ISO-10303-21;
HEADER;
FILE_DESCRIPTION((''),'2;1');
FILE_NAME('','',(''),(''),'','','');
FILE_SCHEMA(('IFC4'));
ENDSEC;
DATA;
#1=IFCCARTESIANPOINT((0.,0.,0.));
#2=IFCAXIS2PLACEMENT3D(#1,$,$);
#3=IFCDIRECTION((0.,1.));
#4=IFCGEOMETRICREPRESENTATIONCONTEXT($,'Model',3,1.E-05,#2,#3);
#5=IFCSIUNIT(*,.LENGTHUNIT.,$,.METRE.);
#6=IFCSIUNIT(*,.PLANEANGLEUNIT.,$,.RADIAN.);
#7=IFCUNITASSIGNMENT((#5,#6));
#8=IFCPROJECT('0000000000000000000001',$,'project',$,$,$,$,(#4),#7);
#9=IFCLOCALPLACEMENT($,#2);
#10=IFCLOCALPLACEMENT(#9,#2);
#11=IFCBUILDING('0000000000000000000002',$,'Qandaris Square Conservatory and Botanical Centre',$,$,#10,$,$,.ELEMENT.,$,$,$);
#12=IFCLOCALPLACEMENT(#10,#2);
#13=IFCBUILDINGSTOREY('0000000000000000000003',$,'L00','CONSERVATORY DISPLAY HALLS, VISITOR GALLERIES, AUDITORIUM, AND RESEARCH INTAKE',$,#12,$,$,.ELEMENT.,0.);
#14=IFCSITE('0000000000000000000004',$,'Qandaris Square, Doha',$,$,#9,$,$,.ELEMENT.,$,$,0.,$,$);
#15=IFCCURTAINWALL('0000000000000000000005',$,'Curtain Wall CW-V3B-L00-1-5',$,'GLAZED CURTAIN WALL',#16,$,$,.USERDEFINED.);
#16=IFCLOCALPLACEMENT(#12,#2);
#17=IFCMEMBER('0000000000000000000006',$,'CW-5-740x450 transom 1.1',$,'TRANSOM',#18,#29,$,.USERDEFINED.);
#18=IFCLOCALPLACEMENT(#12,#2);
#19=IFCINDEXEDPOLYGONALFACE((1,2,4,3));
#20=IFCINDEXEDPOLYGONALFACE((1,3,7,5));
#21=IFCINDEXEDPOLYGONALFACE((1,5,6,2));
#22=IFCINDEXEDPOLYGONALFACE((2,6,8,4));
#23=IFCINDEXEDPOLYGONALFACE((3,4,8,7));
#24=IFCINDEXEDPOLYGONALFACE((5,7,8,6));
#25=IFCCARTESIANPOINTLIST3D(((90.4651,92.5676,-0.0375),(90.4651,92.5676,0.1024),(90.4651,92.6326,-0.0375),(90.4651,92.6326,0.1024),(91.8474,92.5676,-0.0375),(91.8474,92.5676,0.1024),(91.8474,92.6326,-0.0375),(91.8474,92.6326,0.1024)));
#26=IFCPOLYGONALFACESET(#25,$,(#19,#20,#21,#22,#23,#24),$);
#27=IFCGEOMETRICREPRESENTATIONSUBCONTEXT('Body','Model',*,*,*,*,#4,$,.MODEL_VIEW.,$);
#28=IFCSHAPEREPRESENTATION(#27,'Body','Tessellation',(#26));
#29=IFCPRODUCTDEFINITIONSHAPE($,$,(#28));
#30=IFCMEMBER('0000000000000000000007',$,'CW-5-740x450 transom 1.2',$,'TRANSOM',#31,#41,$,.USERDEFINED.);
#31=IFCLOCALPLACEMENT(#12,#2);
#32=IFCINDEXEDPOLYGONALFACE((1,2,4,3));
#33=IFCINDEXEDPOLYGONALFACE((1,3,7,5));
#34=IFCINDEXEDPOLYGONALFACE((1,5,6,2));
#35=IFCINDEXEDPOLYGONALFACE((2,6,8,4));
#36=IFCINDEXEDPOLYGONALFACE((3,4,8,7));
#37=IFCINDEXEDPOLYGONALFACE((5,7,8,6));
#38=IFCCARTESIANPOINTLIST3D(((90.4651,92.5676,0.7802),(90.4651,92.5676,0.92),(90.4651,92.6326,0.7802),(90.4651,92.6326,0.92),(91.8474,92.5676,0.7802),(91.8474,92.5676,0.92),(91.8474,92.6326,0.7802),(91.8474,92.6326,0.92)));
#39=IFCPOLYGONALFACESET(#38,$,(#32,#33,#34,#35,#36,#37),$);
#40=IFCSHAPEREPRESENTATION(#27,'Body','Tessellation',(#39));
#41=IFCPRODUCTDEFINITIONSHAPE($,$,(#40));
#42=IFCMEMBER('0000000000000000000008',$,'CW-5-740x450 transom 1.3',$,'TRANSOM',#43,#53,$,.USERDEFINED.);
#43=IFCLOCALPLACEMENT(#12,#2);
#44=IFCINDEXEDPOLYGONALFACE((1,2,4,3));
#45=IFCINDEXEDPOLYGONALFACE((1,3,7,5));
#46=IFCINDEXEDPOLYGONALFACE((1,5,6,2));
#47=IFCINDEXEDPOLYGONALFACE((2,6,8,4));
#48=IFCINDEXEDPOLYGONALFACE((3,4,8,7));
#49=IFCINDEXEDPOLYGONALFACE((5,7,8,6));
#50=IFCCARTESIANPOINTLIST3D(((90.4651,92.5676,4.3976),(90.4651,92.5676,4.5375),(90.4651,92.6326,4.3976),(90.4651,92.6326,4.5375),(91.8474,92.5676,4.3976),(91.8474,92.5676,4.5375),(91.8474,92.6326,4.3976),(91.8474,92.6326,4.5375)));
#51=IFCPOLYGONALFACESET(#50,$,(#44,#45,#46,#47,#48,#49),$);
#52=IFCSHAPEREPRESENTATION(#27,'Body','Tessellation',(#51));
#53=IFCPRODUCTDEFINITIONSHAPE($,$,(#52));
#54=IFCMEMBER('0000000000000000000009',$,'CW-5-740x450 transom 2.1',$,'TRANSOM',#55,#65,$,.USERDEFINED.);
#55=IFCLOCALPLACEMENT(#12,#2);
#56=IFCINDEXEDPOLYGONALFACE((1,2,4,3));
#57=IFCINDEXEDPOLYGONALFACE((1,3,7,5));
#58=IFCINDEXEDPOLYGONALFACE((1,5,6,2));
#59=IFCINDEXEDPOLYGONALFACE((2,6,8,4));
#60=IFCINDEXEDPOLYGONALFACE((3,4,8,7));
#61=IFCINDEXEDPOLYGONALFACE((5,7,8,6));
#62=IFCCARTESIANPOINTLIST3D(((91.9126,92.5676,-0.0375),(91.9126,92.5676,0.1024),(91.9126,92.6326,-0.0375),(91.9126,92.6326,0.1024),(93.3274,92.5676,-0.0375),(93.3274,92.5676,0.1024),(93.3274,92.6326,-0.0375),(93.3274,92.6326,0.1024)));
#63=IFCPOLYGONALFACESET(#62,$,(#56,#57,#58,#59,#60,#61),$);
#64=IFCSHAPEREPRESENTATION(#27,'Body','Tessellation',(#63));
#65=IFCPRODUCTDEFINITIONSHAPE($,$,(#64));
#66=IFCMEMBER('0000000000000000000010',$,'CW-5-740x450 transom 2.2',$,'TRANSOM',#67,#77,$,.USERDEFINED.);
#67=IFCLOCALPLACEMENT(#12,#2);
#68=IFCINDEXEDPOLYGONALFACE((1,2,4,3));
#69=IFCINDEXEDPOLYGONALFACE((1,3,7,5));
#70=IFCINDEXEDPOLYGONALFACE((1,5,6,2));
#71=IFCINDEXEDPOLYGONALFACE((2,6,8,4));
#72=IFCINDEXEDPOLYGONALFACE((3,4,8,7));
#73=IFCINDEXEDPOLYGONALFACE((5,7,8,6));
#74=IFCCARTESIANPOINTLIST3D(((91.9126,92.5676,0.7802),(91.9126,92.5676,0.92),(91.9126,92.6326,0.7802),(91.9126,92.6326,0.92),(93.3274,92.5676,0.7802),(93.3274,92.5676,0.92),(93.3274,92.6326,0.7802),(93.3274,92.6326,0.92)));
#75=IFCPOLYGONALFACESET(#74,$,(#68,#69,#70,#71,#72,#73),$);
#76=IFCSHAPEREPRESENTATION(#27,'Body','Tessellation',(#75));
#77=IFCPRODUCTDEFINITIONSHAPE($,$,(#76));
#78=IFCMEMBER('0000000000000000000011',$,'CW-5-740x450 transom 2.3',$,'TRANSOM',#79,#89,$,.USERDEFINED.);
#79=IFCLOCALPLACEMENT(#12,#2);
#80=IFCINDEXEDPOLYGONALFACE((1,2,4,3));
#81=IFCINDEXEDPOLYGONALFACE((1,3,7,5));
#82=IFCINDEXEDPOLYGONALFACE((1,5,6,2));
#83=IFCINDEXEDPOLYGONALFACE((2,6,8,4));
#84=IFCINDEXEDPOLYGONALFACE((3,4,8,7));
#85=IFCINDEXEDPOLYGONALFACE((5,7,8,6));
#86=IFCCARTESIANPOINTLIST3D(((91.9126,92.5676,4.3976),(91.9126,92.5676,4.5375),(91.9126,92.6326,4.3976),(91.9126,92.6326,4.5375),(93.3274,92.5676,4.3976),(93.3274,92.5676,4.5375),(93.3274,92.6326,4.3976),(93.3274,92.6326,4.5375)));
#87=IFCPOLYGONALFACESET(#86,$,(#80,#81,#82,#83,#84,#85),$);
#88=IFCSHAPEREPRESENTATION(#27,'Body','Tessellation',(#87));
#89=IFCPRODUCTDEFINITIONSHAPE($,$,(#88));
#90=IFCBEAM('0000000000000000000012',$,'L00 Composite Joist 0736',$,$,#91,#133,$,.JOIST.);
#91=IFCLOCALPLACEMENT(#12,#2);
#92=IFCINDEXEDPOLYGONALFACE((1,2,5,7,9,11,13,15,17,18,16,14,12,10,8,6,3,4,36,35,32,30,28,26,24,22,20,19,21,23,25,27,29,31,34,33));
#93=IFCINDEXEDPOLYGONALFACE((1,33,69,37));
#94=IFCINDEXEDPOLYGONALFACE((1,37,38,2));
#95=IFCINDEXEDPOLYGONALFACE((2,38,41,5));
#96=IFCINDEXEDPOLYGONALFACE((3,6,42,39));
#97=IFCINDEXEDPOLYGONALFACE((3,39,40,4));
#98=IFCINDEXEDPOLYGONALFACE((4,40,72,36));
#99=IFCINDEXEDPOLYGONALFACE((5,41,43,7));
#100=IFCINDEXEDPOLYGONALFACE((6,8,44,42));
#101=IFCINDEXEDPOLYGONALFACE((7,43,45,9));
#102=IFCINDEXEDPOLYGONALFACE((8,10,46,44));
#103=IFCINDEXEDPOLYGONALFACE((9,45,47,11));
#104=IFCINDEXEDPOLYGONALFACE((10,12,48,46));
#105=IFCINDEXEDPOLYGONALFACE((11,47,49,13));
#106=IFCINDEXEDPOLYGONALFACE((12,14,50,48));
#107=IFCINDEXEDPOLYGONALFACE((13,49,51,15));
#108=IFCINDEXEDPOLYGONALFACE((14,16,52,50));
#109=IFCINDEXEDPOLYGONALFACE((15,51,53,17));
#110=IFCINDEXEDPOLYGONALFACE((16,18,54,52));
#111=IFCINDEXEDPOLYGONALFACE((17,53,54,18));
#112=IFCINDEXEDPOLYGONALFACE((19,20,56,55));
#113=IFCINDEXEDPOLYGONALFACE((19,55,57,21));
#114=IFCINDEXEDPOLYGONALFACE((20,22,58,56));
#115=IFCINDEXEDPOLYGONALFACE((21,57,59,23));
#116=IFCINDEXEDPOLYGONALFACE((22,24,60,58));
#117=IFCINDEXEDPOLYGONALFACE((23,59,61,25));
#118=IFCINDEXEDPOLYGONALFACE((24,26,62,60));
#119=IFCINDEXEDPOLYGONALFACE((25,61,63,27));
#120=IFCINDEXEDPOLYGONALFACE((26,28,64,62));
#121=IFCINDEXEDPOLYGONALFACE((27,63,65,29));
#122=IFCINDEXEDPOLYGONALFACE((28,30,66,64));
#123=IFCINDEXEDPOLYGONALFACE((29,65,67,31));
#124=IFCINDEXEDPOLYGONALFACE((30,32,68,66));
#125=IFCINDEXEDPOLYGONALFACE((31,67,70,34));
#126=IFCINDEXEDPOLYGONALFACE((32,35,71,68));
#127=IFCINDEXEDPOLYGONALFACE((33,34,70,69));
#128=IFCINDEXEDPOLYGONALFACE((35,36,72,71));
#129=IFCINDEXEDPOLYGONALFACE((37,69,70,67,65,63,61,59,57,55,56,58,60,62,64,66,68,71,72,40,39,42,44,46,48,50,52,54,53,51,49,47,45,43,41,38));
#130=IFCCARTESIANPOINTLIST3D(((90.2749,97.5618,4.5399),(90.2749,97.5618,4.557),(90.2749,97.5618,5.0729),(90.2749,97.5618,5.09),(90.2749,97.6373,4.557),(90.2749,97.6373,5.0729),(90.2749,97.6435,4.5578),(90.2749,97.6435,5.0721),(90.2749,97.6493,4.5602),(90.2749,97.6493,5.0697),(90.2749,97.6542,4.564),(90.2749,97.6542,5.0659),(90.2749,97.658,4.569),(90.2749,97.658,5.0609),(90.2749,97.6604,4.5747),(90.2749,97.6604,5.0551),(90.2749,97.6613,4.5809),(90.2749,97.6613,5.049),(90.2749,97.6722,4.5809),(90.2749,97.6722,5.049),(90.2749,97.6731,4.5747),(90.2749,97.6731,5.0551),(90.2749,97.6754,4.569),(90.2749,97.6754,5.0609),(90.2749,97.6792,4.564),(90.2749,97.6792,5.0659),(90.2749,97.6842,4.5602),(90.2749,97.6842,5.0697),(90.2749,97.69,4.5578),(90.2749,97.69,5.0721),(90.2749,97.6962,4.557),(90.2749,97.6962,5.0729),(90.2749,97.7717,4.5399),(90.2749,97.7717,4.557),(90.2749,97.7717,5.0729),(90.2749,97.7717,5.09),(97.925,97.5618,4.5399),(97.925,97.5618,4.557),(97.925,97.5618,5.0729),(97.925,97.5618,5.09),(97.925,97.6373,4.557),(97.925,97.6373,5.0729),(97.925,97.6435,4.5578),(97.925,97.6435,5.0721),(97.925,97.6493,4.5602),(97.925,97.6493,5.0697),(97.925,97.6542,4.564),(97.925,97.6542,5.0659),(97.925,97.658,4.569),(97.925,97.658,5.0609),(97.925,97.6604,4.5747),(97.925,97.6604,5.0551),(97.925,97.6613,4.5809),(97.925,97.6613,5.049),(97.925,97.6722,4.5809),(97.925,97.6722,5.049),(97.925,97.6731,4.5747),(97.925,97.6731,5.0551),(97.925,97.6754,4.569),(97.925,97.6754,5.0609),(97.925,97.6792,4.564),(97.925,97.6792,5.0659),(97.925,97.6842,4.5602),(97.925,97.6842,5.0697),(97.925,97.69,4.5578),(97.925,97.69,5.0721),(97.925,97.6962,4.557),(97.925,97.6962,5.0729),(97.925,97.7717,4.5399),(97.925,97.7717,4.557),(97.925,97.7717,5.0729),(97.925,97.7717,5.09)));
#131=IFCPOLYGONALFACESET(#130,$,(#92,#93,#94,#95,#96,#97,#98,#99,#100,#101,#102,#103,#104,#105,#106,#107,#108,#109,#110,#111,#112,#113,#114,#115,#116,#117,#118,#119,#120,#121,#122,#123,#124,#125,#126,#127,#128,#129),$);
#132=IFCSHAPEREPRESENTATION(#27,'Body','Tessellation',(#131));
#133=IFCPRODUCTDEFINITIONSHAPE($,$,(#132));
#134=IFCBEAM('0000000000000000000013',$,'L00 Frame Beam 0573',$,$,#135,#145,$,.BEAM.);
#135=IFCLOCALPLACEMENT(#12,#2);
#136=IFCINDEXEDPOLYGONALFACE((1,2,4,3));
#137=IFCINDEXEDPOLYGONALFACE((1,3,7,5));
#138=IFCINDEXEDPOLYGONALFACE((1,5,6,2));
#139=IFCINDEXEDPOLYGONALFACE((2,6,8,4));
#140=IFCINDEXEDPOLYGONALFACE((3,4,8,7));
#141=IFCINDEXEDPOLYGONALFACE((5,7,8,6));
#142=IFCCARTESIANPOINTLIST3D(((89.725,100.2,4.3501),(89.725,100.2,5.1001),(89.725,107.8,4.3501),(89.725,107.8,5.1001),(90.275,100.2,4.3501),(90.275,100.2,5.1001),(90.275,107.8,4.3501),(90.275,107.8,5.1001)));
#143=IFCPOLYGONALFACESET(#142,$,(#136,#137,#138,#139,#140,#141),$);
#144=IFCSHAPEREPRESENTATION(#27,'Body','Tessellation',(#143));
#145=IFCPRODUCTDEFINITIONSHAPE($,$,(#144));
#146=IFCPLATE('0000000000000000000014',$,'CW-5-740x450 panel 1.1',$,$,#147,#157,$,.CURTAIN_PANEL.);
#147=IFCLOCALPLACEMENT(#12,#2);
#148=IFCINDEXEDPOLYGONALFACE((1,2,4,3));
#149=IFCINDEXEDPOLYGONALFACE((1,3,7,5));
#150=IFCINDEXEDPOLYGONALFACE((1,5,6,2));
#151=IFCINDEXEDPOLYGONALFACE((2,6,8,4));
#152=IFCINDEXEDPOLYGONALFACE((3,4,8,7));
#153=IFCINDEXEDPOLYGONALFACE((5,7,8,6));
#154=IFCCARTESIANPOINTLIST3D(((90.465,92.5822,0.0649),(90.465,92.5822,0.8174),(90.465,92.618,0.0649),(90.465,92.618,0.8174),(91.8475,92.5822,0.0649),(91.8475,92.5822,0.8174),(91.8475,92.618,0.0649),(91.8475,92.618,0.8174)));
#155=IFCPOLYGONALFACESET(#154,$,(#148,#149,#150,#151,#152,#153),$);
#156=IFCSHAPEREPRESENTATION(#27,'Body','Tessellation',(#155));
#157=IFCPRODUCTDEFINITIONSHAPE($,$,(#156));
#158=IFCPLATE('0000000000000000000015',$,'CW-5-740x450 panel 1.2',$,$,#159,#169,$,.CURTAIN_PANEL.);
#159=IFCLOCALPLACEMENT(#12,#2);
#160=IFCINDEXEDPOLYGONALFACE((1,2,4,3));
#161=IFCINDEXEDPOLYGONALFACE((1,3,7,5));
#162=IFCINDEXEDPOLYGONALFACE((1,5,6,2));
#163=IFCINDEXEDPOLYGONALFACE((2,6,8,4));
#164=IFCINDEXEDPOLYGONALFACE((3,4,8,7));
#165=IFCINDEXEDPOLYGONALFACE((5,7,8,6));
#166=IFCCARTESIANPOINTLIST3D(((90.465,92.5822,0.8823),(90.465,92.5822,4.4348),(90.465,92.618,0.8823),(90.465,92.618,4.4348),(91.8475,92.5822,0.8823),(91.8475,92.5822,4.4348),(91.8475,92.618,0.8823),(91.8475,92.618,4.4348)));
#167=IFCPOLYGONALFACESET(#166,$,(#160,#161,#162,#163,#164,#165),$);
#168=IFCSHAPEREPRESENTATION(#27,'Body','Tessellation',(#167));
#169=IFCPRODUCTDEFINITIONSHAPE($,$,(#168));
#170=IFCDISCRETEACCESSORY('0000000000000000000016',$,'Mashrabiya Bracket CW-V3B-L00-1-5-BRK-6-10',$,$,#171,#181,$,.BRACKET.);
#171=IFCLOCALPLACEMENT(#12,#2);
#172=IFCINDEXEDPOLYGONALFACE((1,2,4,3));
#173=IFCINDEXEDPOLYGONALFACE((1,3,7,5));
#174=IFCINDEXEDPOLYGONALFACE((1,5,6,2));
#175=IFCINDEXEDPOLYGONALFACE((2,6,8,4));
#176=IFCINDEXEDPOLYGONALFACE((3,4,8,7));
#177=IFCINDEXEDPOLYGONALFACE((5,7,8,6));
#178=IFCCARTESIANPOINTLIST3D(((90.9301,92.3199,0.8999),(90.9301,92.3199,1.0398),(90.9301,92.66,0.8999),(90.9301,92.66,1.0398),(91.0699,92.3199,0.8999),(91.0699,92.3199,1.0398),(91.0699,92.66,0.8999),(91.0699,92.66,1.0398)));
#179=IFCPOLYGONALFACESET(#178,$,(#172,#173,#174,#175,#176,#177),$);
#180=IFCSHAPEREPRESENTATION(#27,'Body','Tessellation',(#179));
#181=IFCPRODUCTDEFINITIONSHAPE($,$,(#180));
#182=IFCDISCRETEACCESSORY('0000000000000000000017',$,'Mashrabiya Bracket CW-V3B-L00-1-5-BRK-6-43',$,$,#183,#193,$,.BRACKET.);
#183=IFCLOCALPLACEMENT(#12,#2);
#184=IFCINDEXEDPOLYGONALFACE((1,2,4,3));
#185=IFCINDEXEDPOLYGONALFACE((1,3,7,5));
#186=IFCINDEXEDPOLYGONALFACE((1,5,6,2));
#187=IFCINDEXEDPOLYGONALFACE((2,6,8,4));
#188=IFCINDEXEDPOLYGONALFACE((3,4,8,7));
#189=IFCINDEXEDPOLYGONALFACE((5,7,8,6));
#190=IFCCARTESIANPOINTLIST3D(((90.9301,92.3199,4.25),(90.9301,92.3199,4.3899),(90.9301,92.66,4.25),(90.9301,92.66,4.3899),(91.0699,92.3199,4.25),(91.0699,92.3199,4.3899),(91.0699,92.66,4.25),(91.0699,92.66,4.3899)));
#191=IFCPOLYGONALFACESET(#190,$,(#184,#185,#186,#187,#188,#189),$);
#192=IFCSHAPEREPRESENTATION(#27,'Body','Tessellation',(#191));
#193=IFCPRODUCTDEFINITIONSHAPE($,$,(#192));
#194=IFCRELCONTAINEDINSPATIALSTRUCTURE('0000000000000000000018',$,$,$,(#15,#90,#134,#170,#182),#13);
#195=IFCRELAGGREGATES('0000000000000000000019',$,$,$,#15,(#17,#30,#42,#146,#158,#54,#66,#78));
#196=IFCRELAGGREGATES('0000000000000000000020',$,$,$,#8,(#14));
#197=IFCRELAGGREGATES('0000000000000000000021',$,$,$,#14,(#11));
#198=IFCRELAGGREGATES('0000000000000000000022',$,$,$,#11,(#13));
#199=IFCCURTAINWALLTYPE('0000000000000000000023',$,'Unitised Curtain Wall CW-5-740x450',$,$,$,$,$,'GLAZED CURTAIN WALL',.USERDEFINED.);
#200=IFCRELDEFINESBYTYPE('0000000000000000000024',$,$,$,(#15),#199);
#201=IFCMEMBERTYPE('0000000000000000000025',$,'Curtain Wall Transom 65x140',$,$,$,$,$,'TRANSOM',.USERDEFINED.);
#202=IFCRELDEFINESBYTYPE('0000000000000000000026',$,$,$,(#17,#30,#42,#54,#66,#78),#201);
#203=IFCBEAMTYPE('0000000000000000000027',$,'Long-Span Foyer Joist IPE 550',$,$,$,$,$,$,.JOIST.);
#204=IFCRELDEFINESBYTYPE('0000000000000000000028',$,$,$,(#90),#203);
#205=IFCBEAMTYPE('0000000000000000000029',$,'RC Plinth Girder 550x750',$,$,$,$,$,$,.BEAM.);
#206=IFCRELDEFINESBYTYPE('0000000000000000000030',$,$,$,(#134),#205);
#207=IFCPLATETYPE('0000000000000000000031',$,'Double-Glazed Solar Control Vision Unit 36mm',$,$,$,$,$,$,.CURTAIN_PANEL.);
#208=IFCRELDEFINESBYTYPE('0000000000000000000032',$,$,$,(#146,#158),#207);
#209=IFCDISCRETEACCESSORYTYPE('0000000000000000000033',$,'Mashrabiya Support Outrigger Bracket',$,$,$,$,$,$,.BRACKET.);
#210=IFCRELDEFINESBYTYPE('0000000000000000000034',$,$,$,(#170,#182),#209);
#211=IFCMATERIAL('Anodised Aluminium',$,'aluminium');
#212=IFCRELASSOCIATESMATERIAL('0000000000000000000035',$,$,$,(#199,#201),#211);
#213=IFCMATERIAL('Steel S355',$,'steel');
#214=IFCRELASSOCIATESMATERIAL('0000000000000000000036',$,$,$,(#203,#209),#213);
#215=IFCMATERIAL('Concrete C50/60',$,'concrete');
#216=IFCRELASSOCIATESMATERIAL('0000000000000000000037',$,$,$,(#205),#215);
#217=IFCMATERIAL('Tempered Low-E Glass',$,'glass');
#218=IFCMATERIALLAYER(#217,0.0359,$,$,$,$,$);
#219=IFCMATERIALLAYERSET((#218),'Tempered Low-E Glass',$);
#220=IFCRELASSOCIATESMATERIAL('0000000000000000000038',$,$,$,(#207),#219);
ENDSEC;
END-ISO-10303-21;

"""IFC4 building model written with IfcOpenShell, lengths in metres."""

from ifc_helpers import new_model, si_unit, direction, frame, origin, origin_2d, place, context, subcontext, project, spatial, rectangle, i_section, extrude, material, layer, layer_set, material_profile, profile_set, type_object, element, aggregate, save


model = new_model("IFC4")

# Units and contexts
model_context = context("Model", 3, precision=1e-05, world=origin(), true_north=direction((0.0, 1.0)))
body_context = subcontext(model_context, "Body", "Model", "MODEL_VIEW")
ifc_project = project(units=[si_unit("LENGTHUNIT", "METRE"), si_unit("PLANEANGLEUNIT", "RADIAN")], contexts=[model_context])

# Site, building, storey
site_placement = place(None, origin())
site = spatial("IfcSite", under=ifc_project, at=site_placement, Name="Qandaris Square, Doha", CompositionType="ELEMENT", RefElevation=0.0)
building_placement = place(site_placement, origin())
building = spatial("IfcBuilding", under=site, at=building_placement, Name="Qandaris Square Conservatory and Botanical Centre", CompositionType="ELEMENT")
storey_placement = place(building_placement, origin())
storey = spatial("IfcBuildingStorey", under=building, at=storey_placement, Name="L00", Description="CONSERVATORY DISPLAY HALLS, VISITOR GALLERIES, AUDITORIUM, AND RESEARCH INTAKE", CompositionType="ELEMENT", Elevation=0.0)

# Shared definitions
ifc_material_1 = material(Name="Concrete C50/60", Category="concrete")

# Shared definitions
ifc_material_2 = material(Name="Steel S355", Category="steel")

# Curtain wall, members
ifc_material_3 = material(Name="Anodised Aluminium", Category="aluminium")
curtain_wall_type = type_object("IfcCurtainWallType", Name="Unitised Curtain Wall CW-5-740x450", ElementType="GLAZED CURTAIN WALL", PredefinedType="USERDEFINED", material=ifc_material_3)
curtain_wall_placement = place(storey_placement, origin())
curtain_wall = element("IfcCurtainWall", 1, at=curtain_wall_placement, inside=storey, type_object=curtain_wall_type, Name="Curtain Wall CW-V3B-L00-1-5", ObjectType="GLAZED CURTAIN WALL", PredefinedType="USERDEFINED")
ifc_material_profile_1 = material_profile(ifc_material_3, rectangle(XDim=0.0649, YDim=0.1399, at=origin_2d()), Name="ALU-TRN 65x140")
ifc_profile_set_1 = profile_set([ifc_material_profile_1], Name="Anodised Aluminium")
member_type_1 = type_object("IfcMemberType", Name="Curtain Wall Transom 65x140", ElementType="TRANSOM", PredefinedType="USERDEFINED", material=ifc_profile_set_1)
member_1_placement = place(storey_placement, frame((90.4651, 92.6001, 0.0325), z_axis=(1.0, 0.0, 0.0), x_axis=(0.0, 1.0, 0.0)))
member_1 = element("IfcMember", 2, at=member_1_placement, type_object=member_type_1, Name="CW-5-740x450 transom 1.1", ObjectType="TRANSOM", PredefinedType="USERDEFINED", context=body_context, shape_type="SweptSolid", body=[
    extrude(rectangle(XDim=0.0649, YDim=0.1399, at=origin_2d()), origin(), (0.0, 0.0, 1.0), 1.3823),
])
member_2_placement = place(storey_placement, frame((90.4651, 92.6001, 0.8501), z_axis=(1.0, 0.0, 0.0), x_axis=(0.0, 1.0, 0.0)))
member_2 = element("IfcMember", 3, at=member_2_placement, type_object=member_type_1, Name="CW-5-740x450 transom 1.2", ObjectType="TRANSOM", PredefinedType="USERDEFINED", context=body_context, shape_type="SweptSolid", body=[
    extrude(rectangle(XDim=0.0649, YDim=0.1399, at=origin_2d()), origin(), (0.0, 0.0, 1.0), 1.3823),
])
member_3_placement = place(storey_placement, frame((90.4651, 92.6001, 4.4675), z_axis=(1.0, 0.0, 0.0), x_axis=(0.0, 1.0, 0.0)))
member_3 = element("IfcMember", 4, at=member_3_placement, type_object=member_type_1, Name="CW-5-740x450 transom 1.3", ObjectType="TRANSOM", PredefinedType="USERDEFINED", context=body_context, shape_type="SweptSolid", body=[
    extrude(rectangle(XDim=0.0649, YDim=0.1399, at=origin_2d()), origin(), (0.0, 0.0, 1.0), 1.3823),
])
member_4_placement = place(storey_placement, frame((91.9126, 92.6001, 0.0325), z_axis=(1.0, 0.0, 0.0), x_axis=(0.0, 1.0, 0.0)))
member_4 = element("IfcMember", 5, at=member_4_placement, type_object=member_type_1, Name="CW-5-740x450 transom 2.1", ObjectType="TRANSOM", PredefinedType="USERDEFINED", context=body_context, shape_type="SweptSolid", body=[
    extrude(rectangle(XDim=0.0649, YDim=0.1399, at=origin_2d()), origin(), (0.0, 0.0, 1.0), 1.4148),
])
member_5_placement = place(storey_placement, frame((91.9126, 92.6001, 0.8501), z_axis=(1.0, 0.0, 0.0), x_axis=(0.0, 1.0, 0.0)))
member_5 = element("IfcMember", 6, at=member_5_placement, type_object=member_type_1, Name="CW-5-740x450 transom 2.2", ObjectType="TRANSOM", PredefinedType="USERDEFINED", context=body_context, shape_type="SweptSolid", body=[
    extrude(rectangle(XDim=0.0649, YDim=0.1399, at=origin_2d()), origin(), (0.0, 0.0, 1.0), 1.4148),
])
member_6_placement = place(storey_placement, frame((91.9126, 92.6001, 4.4675), z_axis=(1.0, 0.0, 0.0), x_axis=(0.0, 1.0, 0.0)))
member_6 = element("IfcMember", 7, at=member_6_placement, type_object=member_type_1, Name="CW-5-740x450 transom 2.3", ObjectType="TRANSOM", PredefinedType="USERDEFINED", context=body_context, shape_type="SweptSolid", body=[
    extrude(rectangle(XDim=0.0649, YDim=0.1399, at=origin_2d()), origin(), (0.0, 0.0, 1.0), 1.4148),
])

# Beams
ifc_material_profile_2 = material_profile(ifc_material_2, i_section(OverallWidth=0.21, OverallDepth=0.55, WebThickness=0.011, FlangeThickness=0.0171, FilletRadius=0.0239, at=origin_2d()), Name="IPE 550")
ifc_profile_set_2 = profile_set([ifc_material_profile_2], Name="Steel S355")
beam_type_1 = type_object("IfcBeamType", Name="Long-Span Foyer Joist IPE 550", PredefinedType="JOIST", material=ifc_profile_set_2)
beam_1_placement = place(storey_placement, frame((90.2749, 97.6667, 4.8149), z_axis=(1.0, 0.0, 0.0), x_axis=(0.0, 1.0, 0.0)))
element("IfcBeam", 8, at=beam_1_placement, inside=storey, type_object=beam_type_1, Name="L00 Composite Joist 0736", PredefinedType="JOIST", context=body_context, shape_type="SweptSolid", body=[
    extrude(i_section(OverallWidth=0.21, OverallDepth=0.55, WebThickness=0.011, FlangeThickness=0.0171, FilletRadius=0.0239, at=origin_2d()), origin(), (0.0, 0.0, 1.0), 7.6501),
])
ifc_material_profile_3 = material_profile(ifc_material_1, rectangle(XDim=0.55, YDim=0.75, at=origin_2d()), Name="RC-BM 550x750")
ifc_profile_set_3 = profile_set([ifc_material_profile_3], Name="Concrete C50/60")
beam_type_2 = type_object("IfcBeamType", Name="RC Plinth Girder 550x750", PredefinedType="BEAM", material=ifc_profile_set_3)
beam_2_placement = place(storey_placement, frame((90.0, 100.2, 4.7251), z_axis=(0.0, 1.0, 0.0), x_axis=(-1.0, 0.0, 0.0)))
element("IfcBeam", 9, at=beam_2_placement, inside=storey, type_object=beam_type_2, Name="L00 Frame Beam 0573", PredefinedType="BEAM", context=body_context, shape_type="SweptSolid", body=[
    extrude(rectangle(XDim=0.55, YDim=0.75, at=origin_2d()), origin(), (0.0, 0.0, 1.0), 7.6001),
])

# Plates
ifc_material_4 = material(Name="Tempered Low-E Glass", Category="glass")
ifc_layer = layer(ifc_material_4, 0.0359)
ifc_layer_set = layer_set([ifc_layer], Name="Tempered Low-E Glass")
plate_type = type_object("IfcPlateType", Name="Double-Glazed Solar Control Vision Unit 36mm", PredefinedType="CURTAIN_PANEL", material=ifc_layer_set)
plate_1_placement = place(storey_placement, frame((91.1562, 92.6001, 0.0649), z_axis=(0.0, 0.0, 1.0), x_axis=(1.0, 0.0, 0.0)))
plate_1 = element("IfcPlate", 10, at=plate_1_placement, type_object=plate_type, Name="CW-5-740x450 panel 1.1", PredefinedType="CURTAIN_PANEL", context=body_context, shape_type="SweptSolid", body=[
    extrude(rectangle(XDim=1.3826, YDim=0.0359, at=origin_2d()), origin(), (0.0, 0.0, 1.0), 0.7524),
])
plate_2_placement = place(storey_placement, frame((91.1562, 92.6001, 0.8823), z_axis=(0.0, 0.0, 1.0), x_axis=(1.0, 0.0, 0.0)))
plate_2 = element("IfcPlate", 11, at=plate_2_placement, type_object=plate_type, Name="CW-5-740x450 panel 1.2", PredefinedType="CURTAIN_PANEL", context=body_context, shape_type="SweptSolid", body=[
    extrude(rectangle(XDim=1.3826, YDim=0.0359, at=origin_2d()), origin(), (0.0, 0.0, 1.0), 3.5525),
])
aggregate(curtain_wall, [member_1, member_2, member_3, plate_1, plate_2, member_4, member_5, member_6])

# Discrete accessories
discrete_accessory_type = type_object("IfcDiscreteAccessoryType", Name="Mashrabiya Support Outrigger Bracket", PredefinedType="BRACKET", material=ifc_material_2)
for number, where, z_axis, x_axis, name in (
    (12, (91.0, 92.49, 0.8999), (0.0, 0.0, 1.0), (1.0, 0.0, 0.0), "Mashrabiya Bracket CW-V3B-L00-1-5-BRK-6-10"),
    (13, (91.0, 92.49, 4.25), (0.0, 0.0, 1.0), (1.0, 0.0, 0.0), "Mashrabiya Bracket CW-V3B-L00-1-5-BRK-6-43"),
):
    element("IfcDiscreteAccessory", number, at=place(storey_placement, frame(where, z_axis=z_axis, x_axis=x_axis)), inside=storey, type_object=discrete_accessory_type, Name=name, PredefinedType="BRACKET", context=body_context, shape_type="SweptSolid", body=[
        extrude(rectangle(XDim=0.1399, YDim=0.3401, at=origin_2d()), origin(), (0.0, 0.0, 1.0), 0.1399),
    ])

save(model, "model.ifc")
